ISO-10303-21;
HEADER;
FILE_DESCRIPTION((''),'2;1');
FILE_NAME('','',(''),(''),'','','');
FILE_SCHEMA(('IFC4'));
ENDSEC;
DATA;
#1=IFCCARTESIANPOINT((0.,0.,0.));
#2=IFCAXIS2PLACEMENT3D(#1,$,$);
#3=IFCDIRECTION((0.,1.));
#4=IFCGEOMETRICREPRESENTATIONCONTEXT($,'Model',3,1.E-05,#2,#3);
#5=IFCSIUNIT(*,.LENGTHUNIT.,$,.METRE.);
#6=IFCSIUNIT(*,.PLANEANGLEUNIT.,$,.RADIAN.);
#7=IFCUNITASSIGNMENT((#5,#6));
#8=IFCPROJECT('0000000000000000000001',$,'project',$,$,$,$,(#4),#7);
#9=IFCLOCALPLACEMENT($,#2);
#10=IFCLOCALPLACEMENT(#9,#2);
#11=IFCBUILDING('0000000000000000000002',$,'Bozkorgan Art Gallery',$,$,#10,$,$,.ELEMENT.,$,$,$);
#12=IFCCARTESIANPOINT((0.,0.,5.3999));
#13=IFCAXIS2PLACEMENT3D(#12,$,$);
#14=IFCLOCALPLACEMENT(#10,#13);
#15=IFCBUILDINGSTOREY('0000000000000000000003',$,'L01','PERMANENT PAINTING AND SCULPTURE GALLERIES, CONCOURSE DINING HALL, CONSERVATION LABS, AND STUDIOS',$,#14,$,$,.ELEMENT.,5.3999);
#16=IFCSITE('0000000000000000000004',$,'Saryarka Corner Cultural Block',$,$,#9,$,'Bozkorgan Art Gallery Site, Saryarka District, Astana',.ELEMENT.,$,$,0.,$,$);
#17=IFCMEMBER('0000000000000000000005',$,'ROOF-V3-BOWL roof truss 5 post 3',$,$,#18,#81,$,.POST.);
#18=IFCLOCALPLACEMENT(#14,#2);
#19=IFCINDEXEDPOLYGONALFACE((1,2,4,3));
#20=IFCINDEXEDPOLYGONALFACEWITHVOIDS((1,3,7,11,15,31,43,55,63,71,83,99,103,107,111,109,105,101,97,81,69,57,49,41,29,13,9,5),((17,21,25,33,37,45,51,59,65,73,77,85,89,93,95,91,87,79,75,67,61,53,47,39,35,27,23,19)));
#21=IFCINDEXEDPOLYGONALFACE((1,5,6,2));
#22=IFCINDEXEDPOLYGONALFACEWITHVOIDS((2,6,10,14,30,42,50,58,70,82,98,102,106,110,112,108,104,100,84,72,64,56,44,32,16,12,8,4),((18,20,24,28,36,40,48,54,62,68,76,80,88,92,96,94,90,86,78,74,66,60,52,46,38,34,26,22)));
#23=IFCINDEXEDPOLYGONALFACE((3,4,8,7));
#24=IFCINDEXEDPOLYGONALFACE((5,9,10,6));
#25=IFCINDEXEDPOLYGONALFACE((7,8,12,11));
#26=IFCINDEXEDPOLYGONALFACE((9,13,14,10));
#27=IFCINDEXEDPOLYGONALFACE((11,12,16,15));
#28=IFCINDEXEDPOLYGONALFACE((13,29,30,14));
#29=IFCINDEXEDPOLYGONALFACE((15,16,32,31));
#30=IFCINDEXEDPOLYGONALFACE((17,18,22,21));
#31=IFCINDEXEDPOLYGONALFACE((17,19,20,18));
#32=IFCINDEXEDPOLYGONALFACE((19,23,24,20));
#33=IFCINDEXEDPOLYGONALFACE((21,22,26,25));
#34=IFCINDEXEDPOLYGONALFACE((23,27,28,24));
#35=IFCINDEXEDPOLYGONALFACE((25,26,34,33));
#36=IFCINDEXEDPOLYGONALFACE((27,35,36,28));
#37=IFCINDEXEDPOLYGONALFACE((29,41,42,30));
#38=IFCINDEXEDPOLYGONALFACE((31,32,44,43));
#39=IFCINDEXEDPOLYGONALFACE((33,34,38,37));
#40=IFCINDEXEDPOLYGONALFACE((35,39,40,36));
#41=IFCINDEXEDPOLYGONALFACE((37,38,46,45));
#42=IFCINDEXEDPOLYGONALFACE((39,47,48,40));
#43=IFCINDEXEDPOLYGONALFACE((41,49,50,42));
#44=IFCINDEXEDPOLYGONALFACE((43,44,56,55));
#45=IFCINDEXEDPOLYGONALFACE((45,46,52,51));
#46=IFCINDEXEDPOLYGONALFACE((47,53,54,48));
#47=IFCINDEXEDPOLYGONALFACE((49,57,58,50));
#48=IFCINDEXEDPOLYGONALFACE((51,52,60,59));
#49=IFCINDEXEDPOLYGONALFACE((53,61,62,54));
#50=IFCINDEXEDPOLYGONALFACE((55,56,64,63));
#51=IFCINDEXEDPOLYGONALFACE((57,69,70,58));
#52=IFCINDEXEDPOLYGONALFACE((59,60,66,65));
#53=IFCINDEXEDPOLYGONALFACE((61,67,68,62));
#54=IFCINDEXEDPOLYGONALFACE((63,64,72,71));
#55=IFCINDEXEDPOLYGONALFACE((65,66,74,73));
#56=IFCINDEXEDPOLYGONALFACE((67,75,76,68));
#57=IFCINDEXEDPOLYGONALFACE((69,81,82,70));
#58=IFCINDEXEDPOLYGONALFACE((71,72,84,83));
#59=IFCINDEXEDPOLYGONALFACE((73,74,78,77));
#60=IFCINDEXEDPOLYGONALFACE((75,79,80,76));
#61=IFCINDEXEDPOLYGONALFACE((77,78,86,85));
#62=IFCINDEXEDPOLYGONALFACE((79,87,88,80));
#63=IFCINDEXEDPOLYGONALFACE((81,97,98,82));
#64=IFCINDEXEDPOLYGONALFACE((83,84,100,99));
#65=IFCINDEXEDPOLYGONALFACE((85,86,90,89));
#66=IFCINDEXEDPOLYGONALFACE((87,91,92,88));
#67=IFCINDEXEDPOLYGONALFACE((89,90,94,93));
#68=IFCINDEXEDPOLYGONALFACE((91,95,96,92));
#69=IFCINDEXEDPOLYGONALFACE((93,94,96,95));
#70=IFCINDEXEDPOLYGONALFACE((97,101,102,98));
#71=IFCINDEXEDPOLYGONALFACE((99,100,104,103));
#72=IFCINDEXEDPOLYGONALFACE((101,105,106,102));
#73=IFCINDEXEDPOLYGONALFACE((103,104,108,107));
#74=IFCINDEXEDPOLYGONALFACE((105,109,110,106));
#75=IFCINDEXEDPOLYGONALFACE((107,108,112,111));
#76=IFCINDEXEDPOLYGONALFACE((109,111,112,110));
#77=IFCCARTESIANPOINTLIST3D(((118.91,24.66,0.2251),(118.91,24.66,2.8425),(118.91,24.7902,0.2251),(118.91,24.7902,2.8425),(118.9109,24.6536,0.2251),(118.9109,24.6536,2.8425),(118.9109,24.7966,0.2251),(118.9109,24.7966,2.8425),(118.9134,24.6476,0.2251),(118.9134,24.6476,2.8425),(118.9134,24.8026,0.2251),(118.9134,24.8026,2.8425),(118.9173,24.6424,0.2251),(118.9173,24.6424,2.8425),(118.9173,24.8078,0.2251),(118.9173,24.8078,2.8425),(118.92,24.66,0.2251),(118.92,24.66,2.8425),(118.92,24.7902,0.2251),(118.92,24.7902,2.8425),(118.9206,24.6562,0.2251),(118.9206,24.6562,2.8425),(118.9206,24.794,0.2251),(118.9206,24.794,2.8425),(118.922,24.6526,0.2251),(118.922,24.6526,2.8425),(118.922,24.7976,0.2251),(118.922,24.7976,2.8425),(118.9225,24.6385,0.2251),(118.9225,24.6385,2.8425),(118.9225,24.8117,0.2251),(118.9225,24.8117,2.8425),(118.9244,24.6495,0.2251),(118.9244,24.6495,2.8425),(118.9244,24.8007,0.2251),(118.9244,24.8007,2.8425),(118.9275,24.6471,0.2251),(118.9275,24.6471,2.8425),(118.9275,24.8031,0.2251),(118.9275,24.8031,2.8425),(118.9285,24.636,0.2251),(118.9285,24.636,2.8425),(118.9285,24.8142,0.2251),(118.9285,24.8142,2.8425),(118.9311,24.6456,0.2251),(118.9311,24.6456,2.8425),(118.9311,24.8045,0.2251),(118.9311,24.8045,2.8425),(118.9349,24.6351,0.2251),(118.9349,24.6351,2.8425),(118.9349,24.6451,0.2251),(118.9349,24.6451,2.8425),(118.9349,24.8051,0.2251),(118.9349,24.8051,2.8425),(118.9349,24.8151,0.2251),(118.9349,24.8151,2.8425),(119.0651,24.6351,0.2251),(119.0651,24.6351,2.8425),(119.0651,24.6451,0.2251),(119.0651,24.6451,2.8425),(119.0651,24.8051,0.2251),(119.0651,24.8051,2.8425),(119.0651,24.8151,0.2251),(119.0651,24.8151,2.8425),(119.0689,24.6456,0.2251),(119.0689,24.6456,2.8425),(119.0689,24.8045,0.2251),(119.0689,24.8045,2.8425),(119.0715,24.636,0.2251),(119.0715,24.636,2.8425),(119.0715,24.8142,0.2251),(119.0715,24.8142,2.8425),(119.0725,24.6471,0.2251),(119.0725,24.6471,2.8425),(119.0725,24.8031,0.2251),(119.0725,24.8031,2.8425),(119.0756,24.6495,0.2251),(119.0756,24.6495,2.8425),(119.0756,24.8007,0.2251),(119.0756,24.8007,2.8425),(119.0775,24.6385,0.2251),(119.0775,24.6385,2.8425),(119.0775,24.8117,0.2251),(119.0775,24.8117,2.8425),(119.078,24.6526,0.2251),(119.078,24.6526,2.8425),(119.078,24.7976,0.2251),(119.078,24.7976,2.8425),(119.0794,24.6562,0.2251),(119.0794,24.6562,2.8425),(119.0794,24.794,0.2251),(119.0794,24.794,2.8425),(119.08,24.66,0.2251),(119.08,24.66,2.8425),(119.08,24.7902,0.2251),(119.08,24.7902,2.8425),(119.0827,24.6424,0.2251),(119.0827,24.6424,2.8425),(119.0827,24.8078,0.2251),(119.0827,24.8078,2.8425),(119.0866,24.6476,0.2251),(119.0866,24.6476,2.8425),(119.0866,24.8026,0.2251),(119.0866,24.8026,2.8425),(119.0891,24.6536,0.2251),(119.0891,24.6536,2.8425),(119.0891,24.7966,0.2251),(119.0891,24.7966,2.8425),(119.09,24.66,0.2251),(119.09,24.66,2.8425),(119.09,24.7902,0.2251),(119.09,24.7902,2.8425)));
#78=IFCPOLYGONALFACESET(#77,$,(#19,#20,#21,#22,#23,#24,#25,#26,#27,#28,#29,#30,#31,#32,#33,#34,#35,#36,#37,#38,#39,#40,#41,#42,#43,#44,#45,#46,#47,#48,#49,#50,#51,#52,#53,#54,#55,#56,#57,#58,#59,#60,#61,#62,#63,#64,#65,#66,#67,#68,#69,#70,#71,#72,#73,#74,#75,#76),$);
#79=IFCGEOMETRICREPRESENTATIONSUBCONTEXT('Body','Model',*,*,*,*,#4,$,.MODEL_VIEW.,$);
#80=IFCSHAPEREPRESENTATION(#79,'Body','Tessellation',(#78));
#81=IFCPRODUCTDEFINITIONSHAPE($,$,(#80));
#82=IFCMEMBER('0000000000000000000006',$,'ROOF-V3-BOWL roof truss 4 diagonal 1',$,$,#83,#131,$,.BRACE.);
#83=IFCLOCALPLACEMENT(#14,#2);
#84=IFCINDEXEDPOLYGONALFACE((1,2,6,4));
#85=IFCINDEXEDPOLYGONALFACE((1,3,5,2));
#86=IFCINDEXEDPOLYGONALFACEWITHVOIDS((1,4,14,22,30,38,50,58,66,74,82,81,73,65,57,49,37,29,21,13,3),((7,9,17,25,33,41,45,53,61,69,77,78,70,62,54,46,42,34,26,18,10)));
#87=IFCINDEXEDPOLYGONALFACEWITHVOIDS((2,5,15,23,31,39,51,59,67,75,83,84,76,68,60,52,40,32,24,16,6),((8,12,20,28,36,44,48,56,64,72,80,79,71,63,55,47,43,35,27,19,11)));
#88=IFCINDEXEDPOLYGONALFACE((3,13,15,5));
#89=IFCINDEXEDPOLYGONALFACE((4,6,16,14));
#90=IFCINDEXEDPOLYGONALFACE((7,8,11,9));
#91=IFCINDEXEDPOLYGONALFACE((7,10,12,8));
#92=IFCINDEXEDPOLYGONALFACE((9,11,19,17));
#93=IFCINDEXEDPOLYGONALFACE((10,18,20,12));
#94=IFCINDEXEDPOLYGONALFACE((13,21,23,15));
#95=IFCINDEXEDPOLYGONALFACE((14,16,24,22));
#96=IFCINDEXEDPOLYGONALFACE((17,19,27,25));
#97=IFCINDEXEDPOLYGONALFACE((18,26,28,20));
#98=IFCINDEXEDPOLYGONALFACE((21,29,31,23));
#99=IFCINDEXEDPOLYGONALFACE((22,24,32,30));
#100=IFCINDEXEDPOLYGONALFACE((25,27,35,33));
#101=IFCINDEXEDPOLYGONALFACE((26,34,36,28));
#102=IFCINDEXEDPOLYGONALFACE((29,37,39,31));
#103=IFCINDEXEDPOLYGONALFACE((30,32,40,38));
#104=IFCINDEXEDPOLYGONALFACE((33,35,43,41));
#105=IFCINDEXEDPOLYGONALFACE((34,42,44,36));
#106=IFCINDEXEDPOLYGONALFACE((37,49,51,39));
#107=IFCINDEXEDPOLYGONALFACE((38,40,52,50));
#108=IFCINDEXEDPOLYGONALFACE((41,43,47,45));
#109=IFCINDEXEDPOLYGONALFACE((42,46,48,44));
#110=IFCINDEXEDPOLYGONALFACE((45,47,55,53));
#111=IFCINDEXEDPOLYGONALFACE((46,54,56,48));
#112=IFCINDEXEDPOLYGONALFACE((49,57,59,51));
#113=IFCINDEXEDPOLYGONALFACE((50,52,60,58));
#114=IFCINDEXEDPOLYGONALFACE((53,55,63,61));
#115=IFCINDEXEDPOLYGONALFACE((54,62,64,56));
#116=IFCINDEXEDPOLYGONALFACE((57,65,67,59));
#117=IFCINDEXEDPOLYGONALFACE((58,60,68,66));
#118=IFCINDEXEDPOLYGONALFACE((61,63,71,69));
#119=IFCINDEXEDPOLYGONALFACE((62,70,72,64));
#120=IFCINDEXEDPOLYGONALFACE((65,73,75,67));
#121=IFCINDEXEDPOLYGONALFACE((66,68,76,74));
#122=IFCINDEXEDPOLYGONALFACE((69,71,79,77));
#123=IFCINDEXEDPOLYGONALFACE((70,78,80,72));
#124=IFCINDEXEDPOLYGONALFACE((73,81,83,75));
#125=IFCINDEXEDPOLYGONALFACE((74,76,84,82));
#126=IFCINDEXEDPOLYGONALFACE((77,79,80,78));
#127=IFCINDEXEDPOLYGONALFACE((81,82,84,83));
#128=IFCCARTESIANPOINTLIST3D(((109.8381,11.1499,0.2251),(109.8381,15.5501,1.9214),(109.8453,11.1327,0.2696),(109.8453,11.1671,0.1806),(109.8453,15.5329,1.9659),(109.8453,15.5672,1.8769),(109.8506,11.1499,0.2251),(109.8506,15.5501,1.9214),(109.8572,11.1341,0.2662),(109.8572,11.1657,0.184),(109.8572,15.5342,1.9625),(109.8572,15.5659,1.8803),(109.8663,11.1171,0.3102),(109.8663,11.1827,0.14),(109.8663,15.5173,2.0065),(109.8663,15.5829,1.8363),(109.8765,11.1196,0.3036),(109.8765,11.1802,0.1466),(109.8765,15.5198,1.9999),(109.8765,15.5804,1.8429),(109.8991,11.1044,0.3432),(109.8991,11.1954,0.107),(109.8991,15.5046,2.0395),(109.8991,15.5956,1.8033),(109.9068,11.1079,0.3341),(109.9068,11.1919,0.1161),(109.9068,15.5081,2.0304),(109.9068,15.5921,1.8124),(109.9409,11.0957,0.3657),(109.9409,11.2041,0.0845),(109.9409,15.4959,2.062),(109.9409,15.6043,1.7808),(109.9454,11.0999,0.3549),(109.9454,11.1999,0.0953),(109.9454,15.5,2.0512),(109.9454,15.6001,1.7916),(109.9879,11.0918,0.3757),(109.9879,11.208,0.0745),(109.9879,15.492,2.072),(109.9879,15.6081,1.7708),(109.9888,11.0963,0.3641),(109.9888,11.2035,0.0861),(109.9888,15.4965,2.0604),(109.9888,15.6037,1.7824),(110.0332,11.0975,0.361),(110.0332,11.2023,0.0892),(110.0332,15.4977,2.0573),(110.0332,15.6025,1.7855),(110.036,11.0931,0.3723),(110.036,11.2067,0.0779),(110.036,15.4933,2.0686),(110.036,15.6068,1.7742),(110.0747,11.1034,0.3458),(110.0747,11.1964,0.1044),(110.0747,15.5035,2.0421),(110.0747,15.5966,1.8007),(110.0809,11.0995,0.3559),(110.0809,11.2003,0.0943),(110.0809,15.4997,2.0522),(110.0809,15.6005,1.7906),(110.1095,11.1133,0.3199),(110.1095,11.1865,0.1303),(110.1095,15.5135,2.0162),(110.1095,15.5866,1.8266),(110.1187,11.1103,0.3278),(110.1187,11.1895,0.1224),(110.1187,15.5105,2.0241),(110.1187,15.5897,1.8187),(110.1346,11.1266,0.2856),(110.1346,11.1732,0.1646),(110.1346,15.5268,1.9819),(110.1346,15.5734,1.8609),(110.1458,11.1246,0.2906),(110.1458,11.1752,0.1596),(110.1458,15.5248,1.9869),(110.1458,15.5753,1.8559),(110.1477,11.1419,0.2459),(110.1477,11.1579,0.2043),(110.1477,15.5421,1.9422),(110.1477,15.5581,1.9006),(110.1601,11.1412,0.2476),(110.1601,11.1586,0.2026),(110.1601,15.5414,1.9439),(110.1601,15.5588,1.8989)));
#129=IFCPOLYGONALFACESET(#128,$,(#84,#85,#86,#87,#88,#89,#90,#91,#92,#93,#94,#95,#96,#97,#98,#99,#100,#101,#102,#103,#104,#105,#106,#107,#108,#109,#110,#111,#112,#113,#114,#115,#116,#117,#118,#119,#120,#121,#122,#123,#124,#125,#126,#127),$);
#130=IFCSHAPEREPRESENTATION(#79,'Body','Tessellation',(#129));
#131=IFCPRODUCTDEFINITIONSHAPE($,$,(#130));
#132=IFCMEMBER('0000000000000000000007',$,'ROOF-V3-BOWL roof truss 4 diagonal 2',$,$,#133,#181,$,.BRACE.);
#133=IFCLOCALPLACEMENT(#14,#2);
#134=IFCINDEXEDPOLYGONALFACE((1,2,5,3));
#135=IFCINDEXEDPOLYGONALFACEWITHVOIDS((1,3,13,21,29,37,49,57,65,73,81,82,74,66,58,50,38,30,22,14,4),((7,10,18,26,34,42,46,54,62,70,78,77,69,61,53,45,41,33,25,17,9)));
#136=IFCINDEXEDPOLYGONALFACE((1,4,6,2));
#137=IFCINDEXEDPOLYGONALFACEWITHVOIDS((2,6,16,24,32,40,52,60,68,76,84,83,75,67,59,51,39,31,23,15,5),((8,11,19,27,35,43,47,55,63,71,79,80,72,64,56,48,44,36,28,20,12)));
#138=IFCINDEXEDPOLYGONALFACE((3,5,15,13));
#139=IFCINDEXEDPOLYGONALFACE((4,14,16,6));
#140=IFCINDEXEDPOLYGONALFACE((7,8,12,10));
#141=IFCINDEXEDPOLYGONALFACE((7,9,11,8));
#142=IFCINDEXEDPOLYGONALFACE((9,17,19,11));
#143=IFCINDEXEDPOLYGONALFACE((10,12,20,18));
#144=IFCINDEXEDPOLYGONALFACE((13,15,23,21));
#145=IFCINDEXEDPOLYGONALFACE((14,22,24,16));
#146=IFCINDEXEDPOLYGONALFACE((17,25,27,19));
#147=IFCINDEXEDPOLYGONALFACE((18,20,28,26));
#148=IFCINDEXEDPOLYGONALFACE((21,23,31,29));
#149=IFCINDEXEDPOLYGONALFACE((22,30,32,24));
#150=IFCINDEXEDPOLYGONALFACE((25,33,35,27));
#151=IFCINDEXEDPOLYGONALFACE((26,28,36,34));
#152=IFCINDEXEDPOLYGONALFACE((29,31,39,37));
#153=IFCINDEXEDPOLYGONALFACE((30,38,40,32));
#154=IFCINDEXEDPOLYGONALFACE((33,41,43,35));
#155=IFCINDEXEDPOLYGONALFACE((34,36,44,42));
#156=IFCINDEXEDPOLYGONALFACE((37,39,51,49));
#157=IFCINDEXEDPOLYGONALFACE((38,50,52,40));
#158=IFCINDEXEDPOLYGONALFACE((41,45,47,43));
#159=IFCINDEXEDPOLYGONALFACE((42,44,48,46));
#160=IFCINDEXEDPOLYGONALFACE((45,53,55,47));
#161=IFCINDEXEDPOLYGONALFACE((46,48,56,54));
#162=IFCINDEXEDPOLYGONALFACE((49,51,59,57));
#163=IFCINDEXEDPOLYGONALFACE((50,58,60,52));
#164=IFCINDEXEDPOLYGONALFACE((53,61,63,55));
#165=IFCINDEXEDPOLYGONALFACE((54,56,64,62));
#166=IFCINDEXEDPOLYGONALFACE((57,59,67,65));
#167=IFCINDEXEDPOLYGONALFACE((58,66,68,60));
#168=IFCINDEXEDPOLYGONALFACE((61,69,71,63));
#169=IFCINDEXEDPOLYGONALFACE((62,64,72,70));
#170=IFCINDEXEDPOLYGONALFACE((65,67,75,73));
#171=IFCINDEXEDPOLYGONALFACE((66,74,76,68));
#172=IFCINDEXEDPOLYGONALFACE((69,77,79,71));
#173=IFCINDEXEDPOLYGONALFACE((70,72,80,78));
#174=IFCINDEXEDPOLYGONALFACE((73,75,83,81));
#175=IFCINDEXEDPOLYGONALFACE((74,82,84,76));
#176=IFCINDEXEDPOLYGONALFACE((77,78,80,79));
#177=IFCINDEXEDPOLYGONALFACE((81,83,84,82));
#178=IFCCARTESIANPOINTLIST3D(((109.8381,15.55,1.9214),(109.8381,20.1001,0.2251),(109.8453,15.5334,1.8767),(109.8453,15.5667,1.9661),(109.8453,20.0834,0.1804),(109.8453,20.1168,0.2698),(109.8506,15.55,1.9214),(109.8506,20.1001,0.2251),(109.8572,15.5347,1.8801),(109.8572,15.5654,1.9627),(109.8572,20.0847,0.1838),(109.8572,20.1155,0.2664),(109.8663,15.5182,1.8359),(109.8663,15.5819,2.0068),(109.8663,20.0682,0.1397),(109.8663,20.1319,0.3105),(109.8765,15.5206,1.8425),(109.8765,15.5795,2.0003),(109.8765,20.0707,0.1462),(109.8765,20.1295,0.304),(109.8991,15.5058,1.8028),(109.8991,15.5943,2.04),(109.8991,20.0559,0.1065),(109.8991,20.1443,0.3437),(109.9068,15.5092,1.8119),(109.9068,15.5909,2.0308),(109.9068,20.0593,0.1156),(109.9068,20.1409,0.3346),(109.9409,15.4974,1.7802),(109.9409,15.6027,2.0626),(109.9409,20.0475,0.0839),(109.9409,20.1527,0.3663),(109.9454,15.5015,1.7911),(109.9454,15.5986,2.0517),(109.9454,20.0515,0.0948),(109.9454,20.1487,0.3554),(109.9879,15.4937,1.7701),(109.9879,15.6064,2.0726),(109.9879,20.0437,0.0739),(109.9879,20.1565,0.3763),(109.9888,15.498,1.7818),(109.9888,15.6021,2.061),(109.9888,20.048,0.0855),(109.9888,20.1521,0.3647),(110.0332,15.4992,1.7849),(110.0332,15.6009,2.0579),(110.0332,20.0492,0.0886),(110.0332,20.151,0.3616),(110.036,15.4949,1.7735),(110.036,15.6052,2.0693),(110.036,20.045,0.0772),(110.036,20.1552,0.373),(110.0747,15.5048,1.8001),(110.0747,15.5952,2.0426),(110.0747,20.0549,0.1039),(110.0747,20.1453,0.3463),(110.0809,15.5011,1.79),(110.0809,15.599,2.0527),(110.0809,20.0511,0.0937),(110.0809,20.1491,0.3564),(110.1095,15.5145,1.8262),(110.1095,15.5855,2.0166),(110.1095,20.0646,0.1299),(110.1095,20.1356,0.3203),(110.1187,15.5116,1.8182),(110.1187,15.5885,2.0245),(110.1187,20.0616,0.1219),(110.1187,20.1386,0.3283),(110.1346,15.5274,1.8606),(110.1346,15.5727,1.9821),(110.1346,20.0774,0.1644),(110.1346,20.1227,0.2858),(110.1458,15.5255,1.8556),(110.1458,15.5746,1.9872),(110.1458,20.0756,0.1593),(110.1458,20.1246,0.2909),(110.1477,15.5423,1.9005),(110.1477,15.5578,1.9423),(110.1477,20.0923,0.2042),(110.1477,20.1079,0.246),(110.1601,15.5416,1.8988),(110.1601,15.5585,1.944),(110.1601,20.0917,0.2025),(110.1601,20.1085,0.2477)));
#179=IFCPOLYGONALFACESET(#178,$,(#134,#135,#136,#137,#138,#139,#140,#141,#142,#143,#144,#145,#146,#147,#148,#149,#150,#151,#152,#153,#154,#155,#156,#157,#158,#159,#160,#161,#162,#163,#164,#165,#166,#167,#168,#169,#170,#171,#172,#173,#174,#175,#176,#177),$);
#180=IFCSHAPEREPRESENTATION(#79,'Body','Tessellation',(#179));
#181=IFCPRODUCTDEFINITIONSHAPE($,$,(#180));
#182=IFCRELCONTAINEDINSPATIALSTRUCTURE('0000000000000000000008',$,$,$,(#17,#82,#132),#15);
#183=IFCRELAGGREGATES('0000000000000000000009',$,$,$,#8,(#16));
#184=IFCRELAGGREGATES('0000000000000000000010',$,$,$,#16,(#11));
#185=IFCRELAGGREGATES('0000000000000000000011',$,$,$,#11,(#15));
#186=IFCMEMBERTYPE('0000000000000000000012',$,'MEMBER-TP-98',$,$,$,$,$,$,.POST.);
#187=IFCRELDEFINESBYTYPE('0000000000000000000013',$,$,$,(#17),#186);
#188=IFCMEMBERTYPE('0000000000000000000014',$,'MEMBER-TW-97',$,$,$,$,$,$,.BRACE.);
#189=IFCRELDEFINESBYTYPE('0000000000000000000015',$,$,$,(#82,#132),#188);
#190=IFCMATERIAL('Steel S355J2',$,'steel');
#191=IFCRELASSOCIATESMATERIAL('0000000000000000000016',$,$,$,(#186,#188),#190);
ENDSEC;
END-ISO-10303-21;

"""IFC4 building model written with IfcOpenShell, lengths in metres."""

from ifc_helpers import new_model, si_unit, direction, frame, origin, origin_2d, place, context, subcontext, project, spatial, hollow_rectangle, hollow_circle, extrude, material, material_profile, profile_set, type_object, element, save


model = new_model("IFC4")

# Units and contexts
model_context = context("Model", 3, precision=1e-05, world=origin(), true_north=direction((0.0, 1.0)))
body_context = subcontext(model_context, "Body", "Model", "MODEL_VIEW")
ifc_project = project(units=[si_unit("LENGTHUNIT", "METRE"), si_unit("PLANEANGLEUNIT", "RADIAN")], contexts=[model_context])

# Site, building, storey
site_placement = place(None, origin())
site = spatial("IfcSite", under=ifc_project, at=site_placement, Name="Saryarka Corner Cultural Block", LongName="Bozkorgan Art Gallery Site, Saryarka District, Astana", CompositionType="ELEMENT", RefElevation=0.0)
building_placement = place(site_placement, origin())
building = spatial("IfcBuilding", under=site, at=building_placement, Name="Bozkorgan Art Gallery", CompositionType="ELEMENT")
storey_placement = place(building_placement, frame((0.0, 0.0, 5.3999)))
storey = spatial("IfcBuildingStorey", under=building, at=storey_placement, Name="L01", Description="PERMANENT PAINTING AND SCULPTURE GALLERIES, CONCOURSE DINING HALL, CONSERVATION LABS, AND STUDIOS", CompositionType="ELEMENT", Elevation=5.3999)

# Shared definitions
ifc_material_1 = material(Name="Steel S355J2", Category="steel")

# Members
ifc_material_profile_1 = material_profile(ifc_material_1, hollow_rectangle(XDim=0.1799, YDim=0.1799, WallThickness=0.01, InnerFilletRadius=0.0149, OuterFilletRadius=0.0249, at=origin_2d()), Name="SHS 180x180x10")
ifc_profile_set_1 = profile_set([ifc_material_profile_1], Name="Steel S355J2")
member_type_1 = type_object("IfcMemberType", Name="MEMBER-TP-98", PredefinedType="POST", material=ifc_profile_set_1)
member_1_placement = place(storey_placement, frame((119.0, 24.7251, 0.2251), z_axis=(0.0, 0.0, 1.0), x_axis=(1.0, 0.0, 0.0)))
element("IfcMember", 1, at=member_1_placement, inside=storey, type_object=member_type_1, Name="ROOF-V3-BOWL roof truss 5 post 3", PredefinedType="POST", context=body_context, shape_type="SweptSolid", body=[
    extrude(hollow_rectangle(XDim=0.1799, YDim=0.1799, WallThickness=0.01, InnerFilletRadius=0.0149, OuterFilletRadius=0.0249, at=origin_2d()), origin(), (0.0, 0.0, 1.0), 2.6174),
])
ifc_material_profile_2 = material_profile(ifc_material_1, hollow_circle(Radius=0.1619, WallThickness=0.0125, at=origin_2d()), Name="CHS 323.9x12.5")
ifc_profile_set_2 = profile_set([ifc_material_profile_2], Name="Steel S355J2")
member_type_2 = type_object("IfcMemberType", Name="MEMBER-TW-97", PredefinedType="BRACE", material=ifc_profile_set_2)
member_2_placement = place(storey_placement, frame((110.0, 11.1499, 0.2251), z_axis=(0.0, 0.933066, 0.359704), x_axis=(-1.0, 0.0, 0.0)))
element("IfcMember", 2, at=member_2_placement, inside=storey, type_object=member_type_2, Name="ROOF-V3-BOWL roof truss 4 diagonal 1", PredefinedType="BRACE", context=body_context, shape_type="SweptSolid", body=[
    extrude(hollow_circle(Radius=0.1619, WallThickness=0.0125, at=origin_2d()), origin(), (0.0, 0.0, 1.0), 4.7158),
])
member_3_placement = place(storey_placement, frame((110.0, 15.55, 1.9214), z_axis=(0.0, 0.937003, -0.349321), x_axis=(-1.0, 0.0, 0.0)))
element("IfcMember", 3, at=member_3_placement, inside=storey, type_object=member_type_2, Name="ROOF-V3-BOWL roof truss 4 diagonal 2", PredefinedType="BRACE", context=body_context, shape_type="SweptSolid", body=[
    extrude(hollow_circle(Radius=0.1619, WallThickness=0.0125, at=origin_2d()), origin(), (0.0, 0.0, 1.0), 4.856),
])

save(model, "model.ifc")
